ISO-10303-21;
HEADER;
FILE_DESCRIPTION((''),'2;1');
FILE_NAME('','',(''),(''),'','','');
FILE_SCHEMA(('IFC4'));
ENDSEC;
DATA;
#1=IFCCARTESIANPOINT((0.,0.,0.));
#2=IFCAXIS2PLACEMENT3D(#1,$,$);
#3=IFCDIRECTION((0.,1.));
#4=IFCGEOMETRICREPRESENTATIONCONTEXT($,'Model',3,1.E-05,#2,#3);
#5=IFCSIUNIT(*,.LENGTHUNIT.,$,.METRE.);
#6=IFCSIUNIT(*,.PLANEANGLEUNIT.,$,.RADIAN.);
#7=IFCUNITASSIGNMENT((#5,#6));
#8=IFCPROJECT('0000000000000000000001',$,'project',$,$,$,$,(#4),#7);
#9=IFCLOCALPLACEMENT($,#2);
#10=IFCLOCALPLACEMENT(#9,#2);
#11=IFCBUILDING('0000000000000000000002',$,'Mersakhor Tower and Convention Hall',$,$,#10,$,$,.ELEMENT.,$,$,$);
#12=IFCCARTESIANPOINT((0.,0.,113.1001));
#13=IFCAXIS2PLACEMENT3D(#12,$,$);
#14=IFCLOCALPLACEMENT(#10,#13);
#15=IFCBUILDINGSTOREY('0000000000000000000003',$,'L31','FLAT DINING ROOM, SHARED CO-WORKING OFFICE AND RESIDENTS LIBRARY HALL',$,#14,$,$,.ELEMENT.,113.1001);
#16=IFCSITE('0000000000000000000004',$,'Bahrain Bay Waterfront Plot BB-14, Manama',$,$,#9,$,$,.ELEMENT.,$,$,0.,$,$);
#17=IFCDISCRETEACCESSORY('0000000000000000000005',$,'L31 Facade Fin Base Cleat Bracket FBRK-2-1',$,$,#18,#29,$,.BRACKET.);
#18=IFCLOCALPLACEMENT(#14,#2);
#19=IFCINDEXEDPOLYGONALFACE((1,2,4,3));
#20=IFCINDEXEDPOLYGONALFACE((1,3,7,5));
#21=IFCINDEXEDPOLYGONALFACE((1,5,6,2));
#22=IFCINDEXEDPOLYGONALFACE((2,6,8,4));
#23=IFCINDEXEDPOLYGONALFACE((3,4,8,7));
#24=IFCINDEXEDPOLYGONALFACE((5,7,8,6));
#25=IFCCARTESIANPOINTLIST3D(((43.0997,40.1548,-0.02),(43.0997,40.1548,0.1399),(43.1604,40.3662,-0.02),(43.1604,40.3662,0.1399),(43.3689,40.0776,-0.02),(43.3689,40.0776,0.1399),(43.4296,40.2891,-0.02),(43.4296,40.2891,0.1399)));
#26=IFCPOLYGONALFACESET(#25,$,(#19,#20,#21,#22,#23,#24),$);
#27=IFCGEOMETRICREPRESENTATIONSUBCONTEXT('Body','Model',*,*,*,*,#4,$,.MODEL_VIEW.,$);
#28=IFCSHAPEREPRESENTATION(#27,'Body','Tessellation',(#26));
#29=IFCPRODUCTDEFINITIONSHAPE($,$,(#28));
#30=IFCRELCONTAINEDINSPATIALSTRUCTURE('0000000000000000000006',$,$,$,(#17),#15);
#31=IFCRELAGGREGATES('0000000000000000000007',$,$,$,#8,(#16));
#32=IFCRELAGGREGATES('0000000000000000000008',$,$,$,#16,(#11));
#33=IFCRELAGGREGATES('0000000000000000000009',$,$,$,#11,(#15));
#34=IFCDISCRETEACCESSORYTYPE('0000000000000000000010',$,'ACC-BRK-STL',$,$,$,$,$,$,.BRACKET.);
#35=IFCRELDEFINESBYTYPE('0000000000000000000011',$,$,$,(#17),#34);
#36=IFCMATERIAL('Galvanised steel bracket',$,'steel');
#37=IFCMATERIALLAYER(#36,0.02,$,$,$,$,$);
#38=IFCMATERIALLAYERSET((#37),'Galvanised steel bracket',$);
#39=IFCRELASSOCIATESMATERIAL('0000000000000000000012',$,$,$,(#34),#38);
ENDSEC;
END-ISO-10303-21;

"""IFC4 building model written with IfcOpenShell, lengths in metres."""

from ifc_helpers import new_model, si_unit, direction, frame, origin, origin_2d, place, context, subcontext, project, spatial, rectangle, extrude, material, layer, layer_set, type_object, element, save


model = new_model("IFC4")

# Units and contexts
model_context = context("Model", 3, precision=1e-05, world=origin(), true_north=direction((0.0, 1.0)))
body_context = subcontext(model_context, "Body", "Model", "MODEL_VIEW")
ifc_project = project(units=[si_unit("LENGTHUNIT", "METRE"), si_unit("PLANEANGLEUNIT", "RADIAN")], contexts=[model_context])

# Site, building, storey
site_placement = place(None, origin())
site = spatial("IfcSite", under=ifc_project, at=site_placement, Name="Bahrain Bay Waterfront Plot BB-14, Manama", CompositionType="ELEMENT", RefElevation=0.0)
building_placement = place(site_placement, origin())
building = spatial("IfcBuilding", under=site, at=building_placement, Name="Mersakhor Tower and Convention Hall", CompositionType="ELEMENT")
storey_placement = place(building_placement, frame((0.0, 0.0, 113.1001)))
storey = spatial("IfcBuildingStorey", under=building, at=storey_placement, Name="L31", Description="FLAT DINING ROOM, SHARED CO-WORKING OFFICE AND RESIDENTS LIBRARY HALL", CompositionType="ELEMENT", Elevation=113.1001)

# Discrete accessory
ifc_material_1 = material(Name="Galvanised steel bracket", Category="steel")
ifc_layer_1 = layer(ifc_material_1, 0.02)
ifc_layer_set_1 = layer_set([ifc_layer_1], Name="Galvanised steel bracket")
discrete_accessory_type = type_object("IfcDiscreteAccessoryType", Name="ACC-BRK-STL", PredefinedType="BRACKET", material=ifc_layer_set_1)
discrete_accessory_placement = place(storey_placement, frame((43.2646, 40.2219, -0.02), z_axis=(0.0, 0.0, 1.0), x_axis=(0.961262, -0.275637, 0.0)))
element("IfcDiscreteAccessory", 1, at=discrete_accessory_placement, inside=storey, type_object=discrete_accessory_type, Name="L31 Facade Fin Base Cleat Bracket FBRK-2-1", PredefinedType="BRACKET", context=body_context, shape_type="SweptSolid", body=[
    extrude(rectangle(XDim=0.28, YDim=0.22, at=origin_2d()), origin(), (0.0, 0.0, 1.0), 0.1599),
])

save(model, "model.ifc")
